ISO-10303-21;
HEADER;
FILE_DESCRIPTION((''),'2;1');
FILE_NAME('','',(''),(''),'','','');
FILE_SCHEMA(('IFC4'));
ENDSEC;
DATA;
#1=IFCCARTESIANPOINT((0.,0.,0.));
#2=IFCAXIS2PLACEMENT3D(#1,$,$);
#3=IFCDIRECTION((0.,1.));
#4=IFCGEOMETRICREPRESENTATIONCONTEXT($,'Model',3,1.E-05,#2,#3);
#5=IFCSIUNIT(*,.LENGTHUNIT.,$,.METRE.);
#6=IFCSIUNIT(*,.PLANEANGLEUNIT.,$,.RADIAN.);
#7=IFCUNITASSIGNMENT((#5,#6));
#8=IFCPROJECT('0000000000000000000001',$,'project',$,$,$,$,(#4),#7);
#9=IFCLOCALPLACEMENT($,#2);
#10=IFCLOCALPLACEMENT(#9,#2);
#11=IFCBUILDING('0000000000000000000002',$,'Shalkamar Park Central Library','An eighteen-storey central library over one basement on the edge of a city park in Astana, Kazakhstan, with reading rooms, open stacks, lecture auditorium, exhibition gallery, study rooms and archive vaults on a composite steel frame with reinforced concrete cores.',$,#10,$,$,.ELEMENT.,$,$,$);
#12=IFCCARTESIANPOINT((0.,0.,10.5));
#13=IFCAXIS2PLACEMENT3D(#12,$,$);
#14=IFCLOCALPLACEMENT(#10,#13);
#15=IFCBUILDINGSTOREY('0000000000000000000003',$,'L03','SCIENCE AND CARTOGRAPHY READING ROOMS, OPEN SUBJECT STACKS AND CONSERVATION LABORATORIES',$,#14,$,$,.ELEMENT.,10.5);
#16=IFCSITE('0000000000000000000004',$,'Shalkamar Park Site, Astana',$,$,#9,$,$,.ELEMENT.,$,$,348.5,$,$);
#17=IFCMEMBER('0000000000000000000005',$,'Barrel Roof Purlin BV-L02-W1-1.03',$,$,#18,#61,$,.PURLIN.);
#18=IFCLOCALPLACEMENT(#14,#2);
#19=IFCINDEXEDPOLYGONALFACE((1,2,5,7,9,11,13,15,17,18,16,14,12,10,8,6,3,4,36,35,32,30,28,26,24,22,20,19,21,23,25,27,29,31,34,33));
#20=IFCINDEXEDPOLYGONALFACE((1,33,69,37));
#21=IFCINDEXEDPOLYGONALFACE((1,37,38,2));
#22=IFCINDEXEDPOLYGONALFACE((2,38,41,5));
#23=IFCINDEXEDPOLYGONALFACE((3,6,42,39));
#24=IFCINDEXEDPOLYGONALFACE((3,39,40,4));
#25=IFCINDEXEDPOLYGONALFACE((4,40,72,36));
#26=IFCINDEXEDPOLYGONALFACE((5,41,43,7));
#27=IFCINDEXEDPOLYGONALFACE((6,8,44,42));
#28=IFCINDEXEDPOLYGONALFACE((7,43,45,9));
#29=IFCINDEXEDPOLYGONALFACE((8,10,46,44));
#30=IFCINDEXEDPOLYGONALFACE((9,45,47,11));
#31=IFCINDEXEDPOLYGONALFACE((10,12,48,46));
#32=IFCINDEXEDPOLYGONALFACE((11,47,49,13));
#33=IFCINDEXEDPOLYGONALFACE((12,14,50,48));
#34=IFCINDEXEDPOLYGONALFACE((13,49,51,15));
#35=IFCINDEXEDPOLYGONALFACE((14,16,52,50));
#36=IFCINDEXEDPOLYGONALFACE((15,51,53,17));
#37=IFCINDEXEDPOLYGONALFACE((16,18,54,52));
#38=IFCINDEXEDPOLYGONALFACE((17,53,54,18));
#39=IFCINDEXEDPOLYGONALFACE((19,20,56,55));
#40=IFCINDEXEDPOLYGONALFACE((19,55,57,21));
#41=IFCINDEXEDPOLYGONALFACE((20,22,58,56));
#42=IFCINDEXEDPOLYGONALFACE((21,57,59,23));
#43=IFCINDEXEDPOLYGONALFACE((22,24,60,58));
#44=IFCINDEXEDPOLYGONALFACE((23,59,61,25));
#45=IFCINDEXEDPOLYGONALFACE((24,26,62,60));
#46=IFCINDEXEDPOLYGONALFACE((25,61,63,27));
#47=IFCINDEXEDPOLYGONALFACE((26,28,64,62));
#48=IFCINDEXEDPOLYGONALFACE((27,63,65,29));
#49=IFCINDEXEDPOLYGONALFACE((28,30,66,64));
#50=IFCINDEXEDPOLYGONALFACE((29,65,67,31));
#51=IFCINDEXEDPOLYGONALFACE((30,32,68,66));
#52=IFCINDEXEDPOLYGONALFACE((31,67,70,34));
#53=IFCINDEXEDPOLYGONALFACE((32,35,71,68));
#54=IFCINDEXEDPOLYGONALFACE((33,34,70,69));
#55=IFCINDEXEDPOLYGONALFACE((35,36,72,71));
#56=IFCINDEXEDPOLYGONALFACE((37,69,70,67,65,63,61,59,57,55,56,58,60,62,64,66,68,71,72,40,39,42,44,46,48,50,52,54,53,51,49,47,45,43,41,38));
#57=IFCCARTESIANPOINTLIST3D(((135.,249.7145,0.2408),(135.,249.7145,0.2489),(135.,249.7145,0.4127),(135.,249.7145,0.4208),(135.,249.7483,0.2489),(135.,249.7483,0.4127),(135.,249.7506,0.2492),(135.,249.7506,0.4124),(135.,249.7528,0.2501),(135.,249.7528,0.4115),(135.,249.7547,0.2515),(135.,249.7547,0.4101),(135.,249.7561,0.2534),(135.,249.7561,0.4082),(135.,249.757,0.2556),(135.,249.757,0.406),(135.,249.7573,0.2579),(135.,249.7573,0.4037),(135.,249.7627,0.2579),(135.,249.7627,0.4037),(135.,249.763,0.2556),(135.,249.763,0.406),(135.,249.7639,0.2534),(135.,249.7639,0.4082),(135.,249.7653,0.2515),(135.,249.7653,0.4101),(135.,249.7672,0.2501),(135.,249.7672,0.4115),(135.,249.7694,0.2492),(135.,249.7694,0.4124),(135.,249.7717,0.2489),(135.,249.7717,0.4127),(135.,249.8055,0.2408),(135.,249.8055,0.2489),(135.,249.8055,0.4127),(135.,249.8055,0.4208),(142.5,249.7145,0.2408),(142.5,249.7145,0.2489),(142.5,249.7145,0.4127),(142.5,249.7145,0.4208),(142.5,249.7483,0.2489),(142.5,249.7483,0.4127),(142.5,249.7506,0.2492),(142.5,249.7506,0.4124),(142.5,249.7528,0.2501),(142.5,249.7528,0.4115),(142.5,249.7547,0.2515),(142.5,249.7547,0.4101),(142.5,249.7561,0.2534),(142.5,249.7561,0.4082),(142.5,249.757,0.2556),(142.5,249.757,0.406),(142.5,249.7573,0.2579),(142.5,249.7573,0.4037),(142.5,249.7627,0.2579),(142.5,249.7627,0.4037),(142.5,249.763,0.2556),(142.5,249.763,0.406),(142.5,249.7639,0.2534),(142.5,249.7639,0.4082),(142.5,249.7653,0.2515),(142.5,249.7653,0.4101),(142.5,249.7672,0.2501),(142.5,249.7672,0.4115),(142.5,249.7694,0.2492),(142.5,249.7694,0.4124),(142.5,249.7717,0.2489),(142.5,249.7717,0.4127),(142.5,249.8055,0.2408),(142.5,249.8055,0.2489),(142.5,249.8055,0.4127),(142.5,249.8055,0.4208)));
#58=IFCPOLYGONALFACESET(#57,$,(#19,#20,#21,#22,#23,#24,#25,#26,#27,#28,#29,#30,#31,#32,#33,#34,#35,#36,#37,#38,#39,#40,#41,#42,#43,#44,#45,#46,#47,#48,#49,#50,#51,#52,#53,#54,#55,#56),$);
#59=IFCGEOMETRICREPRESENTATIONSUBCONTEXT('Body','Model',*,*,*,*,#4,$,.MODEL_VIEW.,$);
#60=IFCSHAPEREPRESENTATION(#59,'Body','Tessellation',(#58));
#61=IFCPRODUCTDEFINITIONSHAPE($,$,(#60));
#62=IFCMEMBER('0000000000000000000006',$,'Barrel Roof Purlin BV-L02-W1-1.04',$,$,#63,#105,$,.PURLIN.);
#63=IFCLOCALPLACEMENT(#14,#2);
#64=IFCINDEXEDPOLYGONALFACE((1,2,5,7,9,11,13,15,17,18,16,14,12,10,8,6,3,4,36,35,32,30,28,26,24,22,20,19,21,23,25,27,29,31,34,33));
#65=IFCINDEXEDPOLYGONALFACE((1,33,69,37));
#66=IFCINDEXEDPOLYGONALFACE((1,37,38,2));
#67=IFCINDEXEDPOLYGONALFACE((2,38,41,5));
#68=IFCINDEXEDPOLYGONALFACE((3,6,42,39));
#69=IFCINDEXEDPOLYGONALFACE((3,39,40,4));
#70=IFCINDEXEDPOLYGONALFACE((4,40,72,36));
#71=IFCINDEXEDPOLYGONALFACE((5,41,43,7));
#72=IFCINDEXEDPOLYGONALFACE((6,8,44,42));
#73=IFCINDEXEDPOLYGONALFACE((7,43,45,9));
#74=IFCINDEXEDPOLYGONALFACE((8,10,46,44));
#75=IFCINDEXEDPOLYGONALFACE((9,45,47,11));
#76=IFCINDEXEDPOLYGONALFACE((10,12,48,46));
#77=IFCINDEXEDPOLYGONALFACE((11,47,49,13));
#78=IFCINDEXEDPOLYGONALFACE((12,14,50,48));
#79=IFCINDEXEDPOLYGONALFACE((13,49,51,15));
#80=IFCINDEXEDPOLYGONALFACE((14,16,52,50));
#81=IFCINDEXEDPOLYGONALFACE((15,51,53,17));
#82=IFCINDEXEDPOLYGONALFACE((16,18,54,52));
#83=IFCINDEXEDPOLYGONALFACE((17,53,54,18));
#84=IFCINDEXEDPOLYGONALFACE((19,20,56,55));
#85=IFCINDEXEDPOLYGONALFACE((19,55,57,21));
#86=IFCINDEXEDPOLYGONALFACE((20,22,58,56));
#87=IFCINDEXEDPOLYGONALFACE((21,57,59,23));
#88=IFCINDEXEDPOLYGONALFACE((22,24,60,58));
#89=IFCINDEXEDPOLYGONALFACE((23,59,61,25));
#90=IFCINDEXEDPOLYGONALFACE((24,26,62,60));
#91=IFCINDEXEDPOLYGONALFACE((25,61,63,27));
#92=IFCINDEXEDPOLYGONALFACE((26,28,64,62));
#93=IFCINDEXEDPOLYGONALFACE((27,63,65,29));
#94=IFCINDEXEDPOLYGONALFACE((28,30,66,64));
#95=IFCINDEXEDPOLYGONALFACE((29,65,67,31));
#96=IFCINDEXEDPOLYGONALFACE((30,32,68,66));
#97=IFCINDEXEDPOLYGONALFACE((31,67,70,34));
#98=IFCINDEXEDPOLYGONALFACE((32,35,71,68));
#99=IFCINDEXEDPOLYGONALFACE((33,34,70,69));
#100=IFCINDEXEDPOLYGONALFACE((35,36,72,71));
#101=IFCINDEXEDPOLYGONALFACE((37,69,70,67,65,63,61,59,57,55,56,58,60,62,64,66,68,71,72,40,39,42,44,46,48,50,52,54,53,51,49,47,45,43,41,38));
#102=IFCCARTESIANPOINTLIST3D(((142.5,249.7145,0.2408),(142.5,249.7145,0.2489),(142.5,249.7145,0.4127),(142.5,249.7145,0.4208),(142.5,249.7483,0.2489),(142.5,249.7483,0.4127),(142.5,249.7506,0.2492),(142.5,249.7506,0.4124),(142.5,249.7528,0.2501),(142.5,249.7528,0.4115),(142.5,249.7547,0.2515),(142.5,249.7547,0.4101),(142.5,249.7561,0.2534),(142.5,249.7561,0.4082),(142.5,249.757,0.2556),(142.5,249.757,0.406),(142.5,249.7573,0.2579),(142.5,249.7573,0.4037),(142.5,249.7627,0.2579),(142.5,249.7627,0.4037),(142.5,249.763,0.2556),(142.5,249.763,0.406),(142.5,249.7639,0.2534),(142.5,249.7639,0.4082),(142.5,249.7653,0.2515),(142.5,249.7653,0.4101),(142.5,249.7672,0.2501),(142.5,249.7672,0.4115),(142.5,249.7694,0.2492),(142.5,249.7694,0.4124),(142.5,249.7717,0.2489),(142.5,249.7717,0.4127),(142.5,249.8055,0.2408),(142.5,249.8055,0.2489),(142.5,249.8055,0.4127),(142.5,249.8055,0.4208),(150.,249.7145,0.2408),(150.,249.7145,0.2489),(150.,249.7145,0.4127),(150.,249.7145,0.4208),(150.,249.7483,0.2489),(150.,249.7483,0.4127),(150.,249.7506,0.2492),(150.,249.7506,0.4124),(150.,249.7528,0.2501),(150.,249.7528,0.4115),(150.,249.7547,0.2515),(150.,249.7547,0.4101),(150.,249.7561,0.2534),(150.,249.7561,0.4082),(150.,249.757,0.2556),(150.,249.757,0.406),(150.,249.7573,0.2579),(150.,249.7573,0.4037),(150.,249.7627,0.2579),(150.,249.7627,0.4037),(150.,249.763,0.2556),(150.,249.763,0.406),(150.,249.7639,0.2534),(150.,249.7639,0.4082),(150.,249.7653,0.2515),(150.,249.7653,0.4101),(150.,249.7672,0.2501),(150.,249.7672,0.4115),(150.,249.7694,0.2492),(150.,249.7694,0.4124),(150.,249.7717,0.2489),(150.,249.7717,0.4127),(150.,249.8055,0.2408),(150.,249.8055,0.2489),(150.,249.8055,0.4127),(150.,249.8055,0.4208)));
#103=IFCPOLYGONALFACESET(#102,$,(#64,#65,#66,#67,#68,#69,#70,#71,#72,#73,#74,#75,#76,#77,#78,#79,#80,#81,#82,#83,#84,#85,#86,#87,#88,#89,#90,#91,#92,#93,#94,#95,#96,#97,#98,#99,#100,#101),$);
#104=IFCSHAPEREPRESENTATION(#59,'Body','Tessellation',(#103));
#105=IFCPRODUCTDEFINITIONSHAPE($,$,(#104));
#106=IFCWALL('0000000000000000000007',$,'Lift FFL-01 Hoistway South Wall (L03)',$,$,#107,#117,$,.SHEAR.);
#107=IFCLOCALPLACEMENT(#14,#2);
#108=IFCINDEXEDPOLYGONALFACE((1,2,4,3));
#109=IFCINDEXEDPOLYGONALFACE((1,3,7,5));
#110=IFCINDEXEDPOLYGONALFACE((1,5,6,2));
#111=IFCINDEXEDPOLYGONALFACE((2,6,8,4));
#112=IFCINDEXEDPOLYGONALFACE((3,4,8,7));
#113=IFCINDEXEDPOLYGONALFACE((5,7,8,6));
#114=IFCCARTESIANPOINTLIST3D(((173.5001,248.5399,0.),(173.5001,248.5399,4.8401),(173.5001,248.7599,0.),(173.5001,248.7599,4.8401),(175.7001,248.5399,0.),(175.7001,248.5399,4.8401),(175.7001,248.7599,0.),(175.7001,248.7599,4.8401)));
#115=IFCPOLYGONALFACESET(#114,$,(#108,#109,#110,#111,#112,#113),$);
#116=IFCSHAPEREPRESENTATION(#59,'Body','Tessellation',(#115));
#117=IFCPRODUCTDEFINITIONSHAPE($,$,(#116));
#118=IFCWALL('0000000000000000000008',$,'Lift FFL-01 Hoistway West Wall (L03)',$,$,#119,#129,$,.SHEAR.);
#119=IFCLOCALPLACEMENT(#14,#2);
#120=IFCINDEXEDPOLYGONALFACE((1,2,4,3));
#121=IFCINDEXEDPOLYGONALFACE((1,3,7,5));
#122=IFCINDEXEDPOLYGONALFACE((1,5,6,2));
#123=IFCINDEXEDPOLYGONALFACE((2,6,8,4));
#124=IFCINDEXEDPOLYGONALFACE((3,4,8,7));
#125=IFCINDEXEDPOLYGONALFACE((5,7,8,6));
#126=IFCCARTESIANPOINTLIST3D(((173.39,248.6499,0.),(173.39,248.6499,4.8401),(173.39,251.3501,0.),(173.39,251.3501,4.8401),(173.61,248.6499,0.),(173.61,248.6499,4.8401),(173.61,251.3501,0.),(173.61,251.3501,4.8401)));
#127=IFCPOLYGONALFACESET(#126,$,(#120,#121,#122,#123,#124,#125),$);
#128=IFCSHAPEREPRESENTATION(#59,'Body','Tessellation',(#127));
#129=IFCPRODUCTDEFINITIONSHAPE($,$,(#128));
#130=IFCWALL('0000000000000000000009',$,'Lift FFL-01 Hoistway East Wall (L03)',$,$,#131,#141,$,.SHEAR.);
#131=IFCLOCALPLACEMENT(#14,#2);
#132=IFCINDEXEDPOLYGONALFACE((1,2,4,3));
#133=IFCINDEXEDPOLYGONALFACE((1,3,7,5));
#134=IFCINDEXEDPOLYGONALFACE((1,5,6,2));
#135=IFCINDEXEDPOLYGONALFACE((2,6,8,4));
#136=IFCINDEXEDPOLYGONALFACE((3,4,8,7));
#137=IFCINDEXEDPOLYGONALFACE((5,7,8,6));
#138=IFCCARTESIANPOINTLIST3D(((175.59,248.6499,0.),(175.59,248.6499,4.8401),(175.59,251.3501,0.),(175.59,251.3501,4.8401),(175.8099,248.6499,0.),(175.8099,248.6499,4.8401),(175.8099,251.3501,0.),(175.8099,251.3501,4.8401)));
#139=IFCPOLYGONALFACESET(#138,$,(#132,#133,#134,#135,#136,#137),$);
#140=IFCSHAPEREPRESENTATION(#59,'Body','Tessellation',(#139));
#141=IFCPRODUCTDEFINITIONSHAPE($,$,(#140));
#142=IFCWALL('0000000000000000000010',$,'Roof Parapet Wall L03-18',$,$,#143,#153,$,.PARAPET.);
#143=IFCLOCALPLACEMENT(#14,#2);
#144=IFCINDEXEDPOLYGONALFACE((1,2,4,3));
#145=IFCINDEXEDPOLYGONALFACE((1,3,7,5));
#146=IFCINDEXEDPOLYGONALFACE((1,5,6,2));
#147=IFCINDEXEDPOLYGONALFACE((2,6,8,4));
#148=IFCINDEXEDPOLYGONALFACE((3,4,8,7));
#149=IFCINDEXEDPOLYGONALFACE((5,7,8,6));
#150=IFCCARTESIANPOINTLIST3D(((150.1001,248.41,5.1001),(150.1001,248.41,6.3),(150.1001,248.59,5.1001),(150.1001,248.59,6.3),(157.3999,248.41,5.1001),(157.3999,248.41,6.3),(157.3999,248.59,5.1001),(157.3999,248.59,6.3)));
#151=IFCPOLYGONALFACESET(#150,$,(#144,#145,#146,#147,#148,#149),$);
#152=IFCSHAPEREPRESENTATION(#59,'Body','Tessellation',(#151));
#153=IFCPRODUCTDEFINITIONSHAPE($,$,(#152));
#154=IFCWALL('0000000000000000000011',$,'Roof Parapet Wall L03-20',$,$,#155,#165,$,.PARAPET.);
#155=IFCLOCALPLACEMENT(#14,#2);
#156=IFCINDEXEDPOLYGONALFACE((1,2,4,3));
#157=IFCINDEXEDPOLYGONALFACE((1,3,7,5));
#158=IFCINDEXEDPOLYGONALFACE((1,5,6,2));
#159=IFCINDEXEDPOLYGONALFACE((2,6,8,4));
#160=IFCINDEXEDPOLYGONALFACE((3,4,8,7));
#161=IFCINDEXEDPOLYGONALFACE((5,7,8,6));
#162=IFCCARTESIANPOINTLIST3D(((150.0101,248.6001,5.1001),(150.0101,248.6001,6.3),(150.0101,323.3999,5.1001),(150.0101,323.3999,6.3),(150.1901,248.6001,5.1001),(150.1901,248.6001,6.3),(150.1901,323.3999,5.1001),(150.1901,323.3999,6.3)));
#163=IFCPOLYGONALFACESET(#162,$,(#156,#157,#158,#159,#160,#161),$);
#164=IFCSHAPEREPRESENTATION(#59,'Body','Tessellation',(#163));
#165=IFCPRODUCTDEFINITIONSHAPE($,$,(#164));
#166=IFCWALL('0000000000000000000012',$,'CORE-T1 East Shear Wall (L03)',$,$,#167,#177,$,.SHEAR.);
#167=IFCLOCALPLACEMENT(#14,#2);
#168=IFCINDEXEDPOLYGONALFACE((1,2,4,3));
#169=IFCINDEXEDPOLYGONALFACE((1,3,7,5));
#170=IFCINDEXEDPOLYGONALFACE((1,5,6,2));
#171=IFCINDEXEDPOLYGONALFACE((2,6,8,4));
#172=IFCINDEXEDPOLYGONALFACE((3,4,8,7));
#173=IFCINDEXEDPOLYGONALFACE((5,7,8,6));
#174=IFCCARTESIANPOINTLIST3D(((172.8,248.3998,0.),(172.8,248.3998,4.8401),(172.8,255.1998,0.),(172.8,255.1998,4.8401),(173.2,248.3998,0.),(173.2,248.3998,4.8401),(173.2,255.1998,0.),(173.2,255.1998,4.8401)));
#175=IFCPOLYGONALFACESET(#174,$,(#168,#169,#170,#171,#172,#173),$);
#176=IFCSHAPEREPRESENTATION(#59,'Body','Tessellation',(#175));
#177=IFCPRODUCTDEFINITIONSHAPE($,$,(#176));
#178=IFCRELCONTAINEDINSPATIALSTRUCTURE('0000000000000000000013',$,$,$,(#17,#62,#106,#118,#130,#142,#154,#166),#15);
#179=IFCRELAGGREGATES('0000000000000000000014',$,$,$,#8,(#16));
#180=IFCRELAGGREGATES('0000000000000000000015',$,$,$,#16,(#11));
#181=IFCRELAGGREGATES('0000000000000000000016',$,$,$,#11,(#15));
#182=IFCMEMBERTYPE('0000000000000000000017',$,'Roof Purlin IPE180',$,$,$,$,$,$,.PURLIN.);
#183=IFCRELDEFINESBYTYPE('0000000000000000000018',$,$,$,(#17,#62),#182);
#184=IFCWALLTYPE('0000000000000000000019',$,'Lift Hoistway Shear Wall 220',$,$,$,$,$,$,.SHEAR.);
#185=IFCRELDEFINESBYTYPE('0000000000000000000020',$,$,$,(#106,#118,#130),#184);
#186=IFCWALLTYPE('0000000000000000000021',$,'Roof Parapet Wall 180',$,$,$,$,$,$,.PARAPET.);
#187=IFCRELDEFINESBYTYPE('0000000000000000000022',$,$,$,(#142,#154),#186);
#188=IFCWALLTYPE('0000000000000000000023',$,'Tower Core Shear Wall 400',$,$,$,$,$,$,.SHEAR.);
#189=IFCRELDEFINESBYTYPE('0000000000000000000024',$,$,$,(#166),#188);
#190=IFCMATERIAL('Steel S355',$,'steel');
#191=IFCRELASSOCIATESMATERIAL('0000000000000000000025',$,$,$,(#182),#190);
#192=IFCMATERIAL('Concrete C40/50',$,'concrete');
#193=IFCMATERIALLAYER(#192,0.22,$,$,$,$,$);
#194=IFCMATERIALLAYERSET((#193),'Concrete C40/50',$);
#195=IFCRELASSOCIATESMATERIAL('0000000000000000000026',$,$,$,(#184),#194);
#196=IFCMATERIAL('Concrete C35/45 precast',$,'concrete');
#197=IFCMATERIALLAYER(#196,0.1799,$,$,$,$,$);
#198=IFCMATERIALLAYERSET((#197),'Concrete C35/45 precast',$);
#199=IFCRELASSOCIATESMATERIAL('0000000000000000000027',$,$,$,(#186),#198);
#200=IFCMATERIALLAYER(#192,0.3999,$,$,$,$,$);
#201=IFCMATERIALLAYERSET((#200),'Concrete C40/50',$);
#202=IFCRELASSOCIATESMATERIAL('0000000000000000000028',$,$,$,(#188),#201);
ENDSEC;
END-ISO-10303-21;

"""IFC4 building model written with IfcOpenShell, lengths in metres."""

from ifc_helpers import new_model, si_unit, direction, frame, frame_2d, origin, origin_2d, place, context, subcontext, project, spatial, rectangle, i_section, extrude, material, layer, layer_set, material_profile, profile_set, type_object, element, save


model = new_model("IFC4")

# Units and contexts
model_context = context("Model", 3, precision=1e-05, world=origin(), true_north=direction((0.0, 1.0)))
body_context = subcontext(model_context, "Body", "Model", "MODEL_VIEW")
ifc_project = project(units=[si_unit("LENGTHUNIT", "METRE"), si_unit("PLANEANGLEUNIT", "RADIAN")], contexts=[model_context])

# Site, building, storey
site_placement = place(None, origin())
site = spatial("IfcSite", under=ifc_project, at=site_placement, Name="Shalkamar Park Site, Astana", CompositionType="ELEMENT", RefElevation=348.5)
building_placement = place(site_placement, origin())
building = spatial("IfcBuilding", under=site, at=building_placement, Name="Shalkamar Park Central Library", Description="An eighteen-storey central library over one basement on the edge of a city park in Astana, Kazakhstan, with reading rooms, open stacks, lecture auditorium, exhibition gallery, study rooms and archive vaults on a composite steel frame with reinforced concrete cores.", CompositionType="ELEMENT")
storey_placement = place(building_placement, frame((0.0, 0.0, 10.5)))
storey = spatial("IfcBuildingStorey", under=building, at=storey_placement, Name="L03", Description="SCIENCE AND CARTOGRAPHY READING ROOMS, OPEN SUBJECT STACKS AND CONSERVATION LABORATORIES", CompositionType="ELEMENT", Elevation=10.5)

# Shared definitions
ifc_material_1 = material(Name="Steel S355", Category="steel")

# Members
ifc_material_profile_1 = material_profile(ifc_material_1, i_section(OverallWidth=0.0911, OverallDepth=0.1799, WebThickness=0.0054, FlangeThickness=0.0081, FilletRadius=0.009, at=origin_2d()), Name="IPE 180")
ifc_profile_set_1 = profile_set([ifc_material_profile_1], Name="Steel S355")
member_type_1 = type_object("IfcMemberType", Name="Roof Purlin IPE180", PredefinedType="PURLIN", material=ifc_profile_set_1)
for number, where, z_axis, x_axis, name in (
    (1, (135.0, 249.76, 0.3308), (1.0, 0.0, 0.0), (0.0, 1.0, 0.0), "Barrel Roof Purlin BV-L02-W1-1.03"),
    (2, (142.5, 249.76, 0.3308), (1.0, 0.0, 0.0), (0.0, 1.0, 0.0), "Barrel Roof Purlin BV-L02-W1-1.04"),
):
    element("IfcMember", number, at=place(storey_placement, frame(where, z_axis=z_axis, x_axis=x_axis)), inside=storey, type_object=member_type_1, Name=name, PredefinedType="PURLIN", context=body_context, shape_type="SweptSolid", body=[
        extrude(i_section(OverallWidth=0.0911, OverallDepth=0.1799, WebThickness=0.0054, FlangeThickness=0.0081, FilletRadius=0.009, at=origin_2d()), origin(), (0.0, 0.0, 1.0), 7.5),
    ])

# Walls
ifc_material_2 = material(Name="Concrete C40/50", Category="concrete")
ifc_layer_1 = layer(ifc_material_2, 0.22)
ifc_layer_set_1 = layer_set([ifc_layer_1], Name="Concrete C40/50")
wall_type_1 = type_object("IfcWallType", Name="Lift Hoistway Shear Wall 220", PredefinedType="SHEAR", material=ifc_layer_set_1)
wall_1_placement = place(storey_placement, frame((173.5, 248.6499, 0.0), z_axis=(0.0, 0.0, 1.0), x_axis=(1.0, 0.0, 0.0)))
element("IfcWall", 3, at=wall_1_placement, inside=storey, type_object=wall_type_1, Name="Lift FFL-01 Hoistway South Wall (L03)", PredefinedType="SHEAR", context=body_context, shape_type="SweptSolid", body=[
    extrude(rectangle(XDim=2.2, YDim=0.22, at=frame_2d((1.1001, 0.0))), origin(), (0.0, 0.0, 1.0), 4.8401),
])
for number, where, z_axis, x_axis, name in (
    (4, (173.5, 248.6499, 0.0), (0.0, 0.0, 1.0), (0.0, 1.0, 0.0), "Lift FFL-01 Hoistway West Wall (L03)"),
    (5, (175.7, 248.6499, 0.0), (0.0, 0.0, 1.0), (0.0, 1.0, 0.0), "Lift FFL-01 Hoistway East Wall (L03)"),
):
    element("IfcWall", number, at=place(storey_placement, frame(where, z_axis=z_axis, x_axis=x_axis)), inside=storey, type_object=wall_type_1, Name=name, PredefinedType="SHEAR", context=body_context, shape_type="SweptSolid", body=[
        extrude(rectangle(XDim=2.7002, YDim=0.22, at=frame_2d((1.3501, 0.0))), origin(), (0.0, 0.0, 1.0), 4.8401),
    ])
ifc_material_3 = material(Name="Concrete C35/45 precast", Category="concrete")
ifc_layer_2 = layer(ifc_material_3, 0.1799)
ifc_layer_set_2 = layer_set([ifc_layer_2], Name="Concrete C35/45 precast")
wall_type_2 = type_object("IfcWallType", Name="Roof Parapet Wall 180", PredefinedType="PARAPET", material=ifc_layer_set_2)
wall_2_placement = place(storey_placement, frame((150.1001, 248.5, 5.1001), z_axis=(0.0, 0.0, 1.0), x_axis=(1.0, 0.0, 0.0)))
element("IfcWall", 6, at=wall_2_placement, inside=storey, type_object=wall_type_2, Name="Roof Parapet Wall L03-18", PredefinedType="PARAPET", context=body_context, shape_type="SweptSolid", body=[
    extrude(rectangle(XDim=7.2998, YDim=0.1799, at=frame_2d((3.6499, 0.0))), origin(), (0.0, 0.0, 1.0), 1.2),
])
wall_3_placement = place(storey_placement, frame((150.1001, 248.6001, 5.1001), z_axis=(0.0, 0.0, 1.0), x_axis=(0.0, 1.0, 0.0)))
element("IfcWall", 7, at=wall_3_placement, inside=storey, type_object=wall_type_2, Name="Roof Parapet Wall L03-20", PredefinedType="PARAPET", context=body_context, shape_type="SweptSolid", body=[
    extrude(rectangle(XDim=74.7998, YDim=0.1799, at=frame_2d((37.3999, 0.0))), origin(), (0.0, 0.0, 1.0), 1.2),
])
ifc_layer_3 = layer(ifc_material_2, 0.3999)
ifc_layer_set_3 = layer_set([ifc_layer_3], Name="Concrete C40/50")
wall_type_3 = type_object("IfcWallType", Name="Tower Core Shear Wall 400", PredefinedType="SHEAR", material=ifc_layer_set_3)
wall_4_placement = place(storey_placement, frame((173.0, 248.3999, 0.0), z_axis=(0.0, 0.0, 1.0), x_axis=(0.0, 1.0, 0.0)))
element("IfcWall", 8, at=wall_4_placement, inside=storey, type_object=wall_type_3, Name="CORE-T1 East Shear Wall (L03)", PredefinedType="SHEAR", context=body_context, shape_type="SweptSolid", body=[
    extrude(rectangle(XDim=6.8, YDim=0.3999, at=frame_2d((3.3999, 0.0))), origin(), (0.0, 0.0, 1.0), 4.8401),
])

save(model, "model.ifc")
